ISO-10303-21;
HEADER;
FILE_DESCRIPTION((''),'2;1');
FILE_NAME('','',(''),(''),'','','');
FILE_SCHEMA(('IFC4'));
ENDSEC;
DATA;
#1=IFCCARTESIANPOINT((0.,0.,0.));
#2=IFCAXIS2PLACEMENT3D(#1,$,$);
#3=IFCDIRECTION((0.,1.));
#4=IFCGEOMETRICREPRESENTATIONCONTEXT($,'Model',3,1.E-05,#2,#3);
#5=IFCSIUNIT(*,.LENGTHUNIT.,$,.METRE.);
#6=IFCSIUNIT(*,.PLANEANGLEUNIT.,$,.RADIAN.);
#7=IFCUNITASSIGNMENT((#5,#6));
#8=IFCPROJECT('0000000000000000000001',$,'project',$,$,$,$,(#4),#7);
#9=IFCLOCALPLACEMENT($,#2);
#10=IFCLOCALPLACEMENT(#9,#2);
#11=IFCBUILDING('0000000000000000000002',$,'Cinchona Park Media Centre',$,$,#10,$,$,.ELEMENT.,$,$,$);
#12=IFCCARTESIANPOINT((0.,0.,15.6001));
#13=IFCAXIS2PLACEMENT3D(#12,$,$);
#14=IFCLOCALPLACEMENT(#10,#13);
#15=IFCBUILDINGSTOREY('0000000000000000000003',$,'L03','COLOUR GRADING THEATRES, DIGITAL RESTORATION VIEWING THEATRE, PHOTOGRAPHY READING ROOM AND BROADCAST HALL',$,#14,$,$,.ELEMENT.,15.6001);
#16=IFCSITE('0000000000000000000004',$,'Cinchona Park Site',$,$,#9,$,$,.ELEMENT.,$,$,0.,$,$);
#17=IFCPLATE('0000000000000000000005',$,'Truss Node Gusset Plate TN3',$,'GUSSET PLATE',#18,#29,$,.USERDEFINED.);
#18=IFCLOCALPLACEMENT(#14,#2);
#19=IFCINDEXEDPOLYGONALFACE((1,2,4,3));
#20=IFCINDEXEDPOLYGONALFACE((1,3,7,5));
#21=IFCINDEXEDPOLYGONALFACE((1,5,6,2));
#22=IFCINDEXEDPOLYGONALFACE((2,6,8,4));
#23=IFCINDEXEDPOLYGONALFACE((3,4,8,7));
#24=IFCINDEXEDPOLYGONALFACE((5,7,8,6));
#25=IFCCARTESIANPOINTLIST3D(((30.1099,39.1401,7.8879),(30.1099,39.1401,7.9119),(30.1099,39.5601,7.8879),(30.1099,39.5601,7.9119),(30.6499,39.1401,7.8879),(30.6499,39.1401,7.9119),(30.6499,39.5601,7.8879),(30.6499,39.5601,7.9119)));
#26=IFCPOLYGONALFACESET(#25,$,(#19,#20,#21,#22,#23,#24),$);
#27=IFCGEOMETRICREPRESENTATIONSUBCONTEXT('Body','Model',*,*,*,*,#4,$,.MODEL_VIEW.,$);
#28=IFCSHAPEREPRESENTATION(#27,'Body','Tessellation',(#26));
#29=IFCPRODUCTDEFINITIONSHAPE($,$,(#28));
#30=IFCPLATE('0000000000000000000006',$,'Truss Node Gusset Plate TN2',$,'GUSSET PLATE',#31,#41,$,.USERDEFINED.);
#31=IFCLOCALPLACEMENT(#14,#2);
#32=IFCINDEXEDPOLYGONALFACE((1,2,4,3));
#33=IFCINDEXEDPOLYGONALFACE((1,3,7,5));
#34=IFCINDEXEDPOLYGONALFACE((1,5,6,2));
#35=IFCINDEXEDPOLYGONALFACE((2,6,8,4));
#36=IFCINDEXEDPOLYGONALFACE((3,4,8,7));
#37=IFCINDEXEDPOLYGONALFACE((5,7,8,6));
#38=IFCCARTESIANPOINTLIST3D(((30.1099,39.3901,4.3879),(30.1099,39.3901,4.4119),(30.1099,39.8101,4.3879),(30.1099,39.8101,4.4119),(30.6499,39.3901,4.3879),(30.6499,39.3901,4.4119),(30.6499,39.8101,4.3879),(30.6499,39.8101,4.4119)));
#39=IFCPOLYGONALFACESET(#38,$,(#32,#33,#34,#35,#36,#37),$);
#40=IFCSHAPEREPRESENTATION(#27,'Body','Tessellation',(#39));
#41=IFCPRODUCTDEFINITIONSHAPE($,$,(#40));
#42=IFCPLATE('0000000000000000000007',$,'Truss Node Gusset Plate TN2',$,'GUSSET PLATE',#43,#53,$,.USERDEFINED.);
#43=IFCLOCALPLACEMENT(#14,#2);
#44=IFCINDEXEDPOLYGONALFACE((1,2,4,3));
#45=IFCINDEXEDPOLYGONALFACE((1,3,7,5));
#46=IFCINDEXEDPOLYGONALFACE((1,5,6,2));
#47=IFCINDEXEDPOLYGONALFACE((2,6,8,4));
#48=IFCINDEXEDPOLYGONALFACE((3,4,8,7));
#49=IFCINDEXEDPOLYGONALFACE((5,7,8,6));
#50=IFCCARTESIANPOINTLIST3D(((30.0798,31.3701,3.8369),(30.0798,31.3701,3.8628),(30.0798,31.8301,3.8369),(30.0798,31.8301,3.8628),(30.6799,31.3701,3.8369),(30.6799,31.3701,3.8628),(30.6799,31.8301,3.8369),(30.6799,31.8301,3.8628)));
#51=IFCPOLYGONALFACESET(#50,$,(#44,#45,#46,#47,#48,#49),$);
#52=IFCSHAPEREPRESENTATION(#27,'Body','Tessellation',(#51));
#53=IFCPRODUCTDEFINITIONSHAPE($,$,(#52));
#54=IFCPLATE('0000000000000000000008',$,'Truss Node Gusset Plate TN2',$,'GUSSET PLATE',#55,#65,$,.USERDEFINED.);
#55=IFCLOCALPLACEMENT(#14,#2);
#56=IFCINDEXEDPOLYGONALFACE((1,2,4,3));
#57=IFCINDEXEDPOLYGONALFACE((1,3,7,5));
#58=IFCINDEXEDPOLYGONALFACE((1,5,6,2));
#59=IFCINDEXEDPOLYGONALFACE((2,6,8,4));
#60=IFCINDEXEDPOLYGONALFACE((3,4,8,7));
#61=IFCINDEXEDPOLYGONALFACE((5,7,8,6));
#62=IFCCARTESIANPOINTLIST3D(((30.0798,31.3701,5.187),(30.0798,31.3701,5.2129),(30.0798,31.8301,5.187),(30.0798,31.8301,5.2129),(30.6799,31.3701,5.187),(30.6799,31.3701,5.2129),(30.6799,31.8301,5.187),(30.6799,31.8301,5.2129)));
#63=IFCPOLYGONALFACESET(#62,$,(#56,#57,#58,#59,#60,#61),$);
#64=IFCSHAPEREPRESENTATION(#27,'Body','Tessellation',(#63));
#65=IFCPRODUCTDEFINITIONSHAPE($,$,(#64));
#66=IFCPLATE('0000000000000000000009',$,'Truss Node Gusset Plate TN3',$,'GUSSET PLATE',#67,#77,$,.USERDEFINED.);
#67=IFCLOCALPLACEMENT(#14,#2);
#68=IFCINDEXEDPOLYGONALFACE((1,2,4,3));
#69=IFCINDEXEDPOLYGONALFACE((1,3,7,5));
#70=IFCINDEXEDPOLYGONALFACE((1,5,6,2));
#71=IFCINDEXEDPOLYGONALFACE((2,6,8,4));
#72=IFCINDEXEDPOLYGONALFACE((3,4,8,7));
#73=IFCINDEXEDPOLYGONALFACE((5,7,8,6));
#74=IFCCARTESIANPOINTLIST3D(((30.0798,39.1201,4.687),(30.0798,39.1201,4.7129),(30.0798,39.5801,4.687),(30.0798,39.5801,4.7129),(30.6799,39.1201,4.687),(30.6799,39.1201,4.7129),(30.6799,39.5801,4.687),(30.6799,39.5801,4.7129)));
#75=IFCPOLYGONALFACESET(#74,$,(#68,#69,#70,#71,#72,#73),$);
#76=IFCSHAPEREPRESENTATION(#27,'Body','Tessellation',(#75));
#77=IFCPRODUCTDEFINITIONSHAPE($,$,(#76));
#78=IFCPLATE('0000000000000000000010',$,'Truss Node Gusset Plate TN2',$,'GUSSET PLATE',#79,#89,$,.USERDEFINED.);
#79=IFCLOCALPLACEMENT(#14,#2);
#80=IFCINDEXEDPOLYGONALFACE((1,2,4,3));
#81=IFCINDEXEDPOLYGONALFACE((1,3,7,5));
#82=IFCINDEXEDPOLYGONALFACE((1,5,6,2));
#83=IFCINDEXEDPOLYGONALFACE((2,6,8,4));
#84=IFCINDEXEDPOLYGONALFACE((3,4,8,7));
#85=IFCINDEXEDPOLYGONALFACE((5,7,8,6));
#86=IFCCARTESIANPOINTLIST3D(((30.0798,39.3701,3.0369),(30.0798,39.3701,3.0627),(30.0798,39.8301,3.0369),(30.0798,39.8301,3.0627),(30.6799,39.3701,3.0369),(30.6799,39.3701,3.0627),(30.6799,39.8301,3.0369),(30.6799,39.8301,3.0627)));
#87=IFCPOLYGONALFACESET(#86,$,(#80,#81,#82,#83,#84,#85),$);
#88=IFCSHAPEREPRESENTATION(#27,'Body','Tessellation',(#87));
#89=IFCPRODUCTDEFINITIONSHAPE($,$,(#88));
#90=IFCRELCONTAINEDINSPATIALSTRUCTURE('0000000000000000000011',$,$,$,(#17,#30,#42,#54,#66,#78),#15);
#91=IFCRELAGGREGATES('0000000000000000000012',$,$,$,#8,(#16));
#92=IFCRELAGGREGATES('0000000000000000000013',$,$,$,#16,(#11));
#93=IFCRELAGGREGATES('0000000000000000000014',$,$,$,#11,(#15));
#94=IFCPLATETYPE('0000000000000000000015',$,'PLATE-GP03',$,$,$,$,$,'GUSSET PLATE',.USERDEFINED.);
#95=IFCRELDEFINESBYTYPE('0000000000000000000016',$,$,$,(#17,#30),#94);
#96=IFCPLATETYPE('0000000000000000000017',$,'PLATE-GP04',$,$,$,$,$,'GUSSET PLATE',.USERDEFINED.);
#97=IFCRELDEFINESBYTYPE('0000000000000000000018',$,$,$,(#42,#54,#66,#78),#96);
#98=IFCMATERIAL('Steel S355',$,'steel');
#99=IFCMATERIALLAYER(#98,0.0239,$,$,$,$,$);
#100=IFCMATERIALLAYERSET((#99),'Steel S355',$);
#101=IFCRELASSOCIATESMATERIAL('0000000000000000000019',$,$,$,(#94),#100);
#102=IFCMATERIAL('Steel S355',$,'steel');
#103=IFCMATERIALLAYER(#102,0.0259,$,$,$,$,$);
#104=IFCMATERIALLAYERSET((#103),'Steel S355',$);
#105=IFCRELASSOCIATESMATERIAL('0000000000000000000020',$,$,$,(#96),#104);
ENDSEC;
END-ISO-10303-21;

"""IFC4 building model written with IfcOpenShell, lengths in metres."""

from ifc_helpers import new_model, si_unit, direction, frame, origin, origin_2d, place, context, subcontext, project, spatial, rectangle, extrude, material, layer, layer_set, type_object, element, save


model = new_model("IFC4")

# Units and contexts
model_context = context("Model", 3, precision=1e-05, world=origin(), true_north=direction((0.0, 1.0)))
body_context = subcontext(model_context, "Body", "Model", "MODEL_VIEW")
ifc_project = project(units=[si_unit("LENGTHUNIT", "METRE"), si_unit("PLANEANGLEUNIT", "RADIAN")], contexts=[model_context])

# Site, building, storey
site_placement = place(None, origin())
site = spatial("IfcSite", under=ifc_project, at=site_placement, Name="Cinchona Park Site", CompositionType="ELEMENT", RefElevation=0.0)
building_placement = place(site_placement, origin())
building = spatial("IfcBuilding", under=site, at=building_placement, Name="Cinchona Park Media Centre", CompositionType="ELEMENT")
storey_placement = place(building_placement, frame((0.0, 0.0, 15.6001)))
storey = spatial("IfcBuildingStorey", under=building, at=storey_placement, Name="L03", Description="COLOUR GRADING THEATRES, DIGITAL RESTORATION VIEWING THEATRE, PHOTOGRAPHY READING ROOM AND BROADCAST HALL", CompositionType="ELEMENT", Elevation=15.6001)

# Plates
ifc_material_1 = material(Name="Steel S355", Category="steel")
ifc_layer_1 = layer(ifc_material_1, 0.0239)
ifc_layer_set_1 = layer_set([ifc_layer_1], Name="Steel S355")
plate_type_1 = type_object("IfcPlateType", Name="PLATE-GP03", ElementType="GUSSET PLATE", PredefinedType="USERDEFINED", material=ifc_layer_set_1)
for number, where, z_axis, x_axis, name in (
    (1, (30.3799, 39.3501, 7.8879), (0.0, 0.0, 1.0), (1.0, 0.0, 0.0), "Truss Node Gusset Plate TN3"),
    (2, (30.3799, 39.6001, 4.3879), (0.0, 0.0, 1.0), (1.0, 0.0, 0.0), "Truss Node Gusset Plate TN2"),
):
    element("IfcPlate", number, at=place(storey_placement, frame(where, z_axis=z_axis, x_axis=x_axis)), inside=storey, type_object=plate_type_1, Name=name, ObjectType="GUSSET PLATE", PredefinedType="USERDEFINED", context=body_context, shape_type="SweptSolid", body=[
        extrude(rectangle(XDim=0.54, YDim=0.4199, at=origin_2d()), origin(), (0.0, 0.0, 1.0), 0.0239),
    ])
ifc_material_2 = material(Name="Steel S355", Category="steel")
ifc_layer_2 = layer(ifc_material_2, 0.0259)
ifc_layer_set_2 = layer_set([ifc_layer_2], Name="Steel S355")
plate_type_2 = type_object("IfcPlateType", Name="PLATE-GP04", ElementType="GUSSET PLATE", PredefinedType="USERDEFINED", material=ifc_layer_set_2)
for number, where, z_axis, x_axis, name in (
    (3, (30.3799, 31.6001, 3.8369), (0.0, 0.0, 1.0), (1.0, 0.0, 0.0), "Truss Node Gusset Plate TN2"),
    (4, (30.3799, 31.6001, 5.187), (0.0, 0.0, 1.0), (1.0, 0.0, 0.0), "Truss Node Gusset Plate TN2"),
    (5, (30.3799, 39.3501, 4.687), (0.0, 0.0, 1.0), (1.0, 0.0, 0.0), "Truss Node Gusset Plate TN3"),
    (6, (30.3799, 39.6001, 3.0369), (0.0, 0.0, 1.0), (1.0, 0.0, 0.0), "Truss Node Gusset Plate TN2"),
):
    element("IfcPlate", number, at=place(storey_placement, frame(where, z_axis=z_axis, x_axis=x_axis)), inside=storey, type_object=plate_type_2, Name=name, ObjectType="GUSSET PLATE", PredefinedType="USERDEFINED", context=body_context, shape_type="SweptSolid", body=[
        extrude(rectangle(XDim=0.6001, YDim=0.46, at=origin_2d()), origin(), (0.0, 0.0, 1.0), 0.0259),
    ])

save(model, "model.ifc")
